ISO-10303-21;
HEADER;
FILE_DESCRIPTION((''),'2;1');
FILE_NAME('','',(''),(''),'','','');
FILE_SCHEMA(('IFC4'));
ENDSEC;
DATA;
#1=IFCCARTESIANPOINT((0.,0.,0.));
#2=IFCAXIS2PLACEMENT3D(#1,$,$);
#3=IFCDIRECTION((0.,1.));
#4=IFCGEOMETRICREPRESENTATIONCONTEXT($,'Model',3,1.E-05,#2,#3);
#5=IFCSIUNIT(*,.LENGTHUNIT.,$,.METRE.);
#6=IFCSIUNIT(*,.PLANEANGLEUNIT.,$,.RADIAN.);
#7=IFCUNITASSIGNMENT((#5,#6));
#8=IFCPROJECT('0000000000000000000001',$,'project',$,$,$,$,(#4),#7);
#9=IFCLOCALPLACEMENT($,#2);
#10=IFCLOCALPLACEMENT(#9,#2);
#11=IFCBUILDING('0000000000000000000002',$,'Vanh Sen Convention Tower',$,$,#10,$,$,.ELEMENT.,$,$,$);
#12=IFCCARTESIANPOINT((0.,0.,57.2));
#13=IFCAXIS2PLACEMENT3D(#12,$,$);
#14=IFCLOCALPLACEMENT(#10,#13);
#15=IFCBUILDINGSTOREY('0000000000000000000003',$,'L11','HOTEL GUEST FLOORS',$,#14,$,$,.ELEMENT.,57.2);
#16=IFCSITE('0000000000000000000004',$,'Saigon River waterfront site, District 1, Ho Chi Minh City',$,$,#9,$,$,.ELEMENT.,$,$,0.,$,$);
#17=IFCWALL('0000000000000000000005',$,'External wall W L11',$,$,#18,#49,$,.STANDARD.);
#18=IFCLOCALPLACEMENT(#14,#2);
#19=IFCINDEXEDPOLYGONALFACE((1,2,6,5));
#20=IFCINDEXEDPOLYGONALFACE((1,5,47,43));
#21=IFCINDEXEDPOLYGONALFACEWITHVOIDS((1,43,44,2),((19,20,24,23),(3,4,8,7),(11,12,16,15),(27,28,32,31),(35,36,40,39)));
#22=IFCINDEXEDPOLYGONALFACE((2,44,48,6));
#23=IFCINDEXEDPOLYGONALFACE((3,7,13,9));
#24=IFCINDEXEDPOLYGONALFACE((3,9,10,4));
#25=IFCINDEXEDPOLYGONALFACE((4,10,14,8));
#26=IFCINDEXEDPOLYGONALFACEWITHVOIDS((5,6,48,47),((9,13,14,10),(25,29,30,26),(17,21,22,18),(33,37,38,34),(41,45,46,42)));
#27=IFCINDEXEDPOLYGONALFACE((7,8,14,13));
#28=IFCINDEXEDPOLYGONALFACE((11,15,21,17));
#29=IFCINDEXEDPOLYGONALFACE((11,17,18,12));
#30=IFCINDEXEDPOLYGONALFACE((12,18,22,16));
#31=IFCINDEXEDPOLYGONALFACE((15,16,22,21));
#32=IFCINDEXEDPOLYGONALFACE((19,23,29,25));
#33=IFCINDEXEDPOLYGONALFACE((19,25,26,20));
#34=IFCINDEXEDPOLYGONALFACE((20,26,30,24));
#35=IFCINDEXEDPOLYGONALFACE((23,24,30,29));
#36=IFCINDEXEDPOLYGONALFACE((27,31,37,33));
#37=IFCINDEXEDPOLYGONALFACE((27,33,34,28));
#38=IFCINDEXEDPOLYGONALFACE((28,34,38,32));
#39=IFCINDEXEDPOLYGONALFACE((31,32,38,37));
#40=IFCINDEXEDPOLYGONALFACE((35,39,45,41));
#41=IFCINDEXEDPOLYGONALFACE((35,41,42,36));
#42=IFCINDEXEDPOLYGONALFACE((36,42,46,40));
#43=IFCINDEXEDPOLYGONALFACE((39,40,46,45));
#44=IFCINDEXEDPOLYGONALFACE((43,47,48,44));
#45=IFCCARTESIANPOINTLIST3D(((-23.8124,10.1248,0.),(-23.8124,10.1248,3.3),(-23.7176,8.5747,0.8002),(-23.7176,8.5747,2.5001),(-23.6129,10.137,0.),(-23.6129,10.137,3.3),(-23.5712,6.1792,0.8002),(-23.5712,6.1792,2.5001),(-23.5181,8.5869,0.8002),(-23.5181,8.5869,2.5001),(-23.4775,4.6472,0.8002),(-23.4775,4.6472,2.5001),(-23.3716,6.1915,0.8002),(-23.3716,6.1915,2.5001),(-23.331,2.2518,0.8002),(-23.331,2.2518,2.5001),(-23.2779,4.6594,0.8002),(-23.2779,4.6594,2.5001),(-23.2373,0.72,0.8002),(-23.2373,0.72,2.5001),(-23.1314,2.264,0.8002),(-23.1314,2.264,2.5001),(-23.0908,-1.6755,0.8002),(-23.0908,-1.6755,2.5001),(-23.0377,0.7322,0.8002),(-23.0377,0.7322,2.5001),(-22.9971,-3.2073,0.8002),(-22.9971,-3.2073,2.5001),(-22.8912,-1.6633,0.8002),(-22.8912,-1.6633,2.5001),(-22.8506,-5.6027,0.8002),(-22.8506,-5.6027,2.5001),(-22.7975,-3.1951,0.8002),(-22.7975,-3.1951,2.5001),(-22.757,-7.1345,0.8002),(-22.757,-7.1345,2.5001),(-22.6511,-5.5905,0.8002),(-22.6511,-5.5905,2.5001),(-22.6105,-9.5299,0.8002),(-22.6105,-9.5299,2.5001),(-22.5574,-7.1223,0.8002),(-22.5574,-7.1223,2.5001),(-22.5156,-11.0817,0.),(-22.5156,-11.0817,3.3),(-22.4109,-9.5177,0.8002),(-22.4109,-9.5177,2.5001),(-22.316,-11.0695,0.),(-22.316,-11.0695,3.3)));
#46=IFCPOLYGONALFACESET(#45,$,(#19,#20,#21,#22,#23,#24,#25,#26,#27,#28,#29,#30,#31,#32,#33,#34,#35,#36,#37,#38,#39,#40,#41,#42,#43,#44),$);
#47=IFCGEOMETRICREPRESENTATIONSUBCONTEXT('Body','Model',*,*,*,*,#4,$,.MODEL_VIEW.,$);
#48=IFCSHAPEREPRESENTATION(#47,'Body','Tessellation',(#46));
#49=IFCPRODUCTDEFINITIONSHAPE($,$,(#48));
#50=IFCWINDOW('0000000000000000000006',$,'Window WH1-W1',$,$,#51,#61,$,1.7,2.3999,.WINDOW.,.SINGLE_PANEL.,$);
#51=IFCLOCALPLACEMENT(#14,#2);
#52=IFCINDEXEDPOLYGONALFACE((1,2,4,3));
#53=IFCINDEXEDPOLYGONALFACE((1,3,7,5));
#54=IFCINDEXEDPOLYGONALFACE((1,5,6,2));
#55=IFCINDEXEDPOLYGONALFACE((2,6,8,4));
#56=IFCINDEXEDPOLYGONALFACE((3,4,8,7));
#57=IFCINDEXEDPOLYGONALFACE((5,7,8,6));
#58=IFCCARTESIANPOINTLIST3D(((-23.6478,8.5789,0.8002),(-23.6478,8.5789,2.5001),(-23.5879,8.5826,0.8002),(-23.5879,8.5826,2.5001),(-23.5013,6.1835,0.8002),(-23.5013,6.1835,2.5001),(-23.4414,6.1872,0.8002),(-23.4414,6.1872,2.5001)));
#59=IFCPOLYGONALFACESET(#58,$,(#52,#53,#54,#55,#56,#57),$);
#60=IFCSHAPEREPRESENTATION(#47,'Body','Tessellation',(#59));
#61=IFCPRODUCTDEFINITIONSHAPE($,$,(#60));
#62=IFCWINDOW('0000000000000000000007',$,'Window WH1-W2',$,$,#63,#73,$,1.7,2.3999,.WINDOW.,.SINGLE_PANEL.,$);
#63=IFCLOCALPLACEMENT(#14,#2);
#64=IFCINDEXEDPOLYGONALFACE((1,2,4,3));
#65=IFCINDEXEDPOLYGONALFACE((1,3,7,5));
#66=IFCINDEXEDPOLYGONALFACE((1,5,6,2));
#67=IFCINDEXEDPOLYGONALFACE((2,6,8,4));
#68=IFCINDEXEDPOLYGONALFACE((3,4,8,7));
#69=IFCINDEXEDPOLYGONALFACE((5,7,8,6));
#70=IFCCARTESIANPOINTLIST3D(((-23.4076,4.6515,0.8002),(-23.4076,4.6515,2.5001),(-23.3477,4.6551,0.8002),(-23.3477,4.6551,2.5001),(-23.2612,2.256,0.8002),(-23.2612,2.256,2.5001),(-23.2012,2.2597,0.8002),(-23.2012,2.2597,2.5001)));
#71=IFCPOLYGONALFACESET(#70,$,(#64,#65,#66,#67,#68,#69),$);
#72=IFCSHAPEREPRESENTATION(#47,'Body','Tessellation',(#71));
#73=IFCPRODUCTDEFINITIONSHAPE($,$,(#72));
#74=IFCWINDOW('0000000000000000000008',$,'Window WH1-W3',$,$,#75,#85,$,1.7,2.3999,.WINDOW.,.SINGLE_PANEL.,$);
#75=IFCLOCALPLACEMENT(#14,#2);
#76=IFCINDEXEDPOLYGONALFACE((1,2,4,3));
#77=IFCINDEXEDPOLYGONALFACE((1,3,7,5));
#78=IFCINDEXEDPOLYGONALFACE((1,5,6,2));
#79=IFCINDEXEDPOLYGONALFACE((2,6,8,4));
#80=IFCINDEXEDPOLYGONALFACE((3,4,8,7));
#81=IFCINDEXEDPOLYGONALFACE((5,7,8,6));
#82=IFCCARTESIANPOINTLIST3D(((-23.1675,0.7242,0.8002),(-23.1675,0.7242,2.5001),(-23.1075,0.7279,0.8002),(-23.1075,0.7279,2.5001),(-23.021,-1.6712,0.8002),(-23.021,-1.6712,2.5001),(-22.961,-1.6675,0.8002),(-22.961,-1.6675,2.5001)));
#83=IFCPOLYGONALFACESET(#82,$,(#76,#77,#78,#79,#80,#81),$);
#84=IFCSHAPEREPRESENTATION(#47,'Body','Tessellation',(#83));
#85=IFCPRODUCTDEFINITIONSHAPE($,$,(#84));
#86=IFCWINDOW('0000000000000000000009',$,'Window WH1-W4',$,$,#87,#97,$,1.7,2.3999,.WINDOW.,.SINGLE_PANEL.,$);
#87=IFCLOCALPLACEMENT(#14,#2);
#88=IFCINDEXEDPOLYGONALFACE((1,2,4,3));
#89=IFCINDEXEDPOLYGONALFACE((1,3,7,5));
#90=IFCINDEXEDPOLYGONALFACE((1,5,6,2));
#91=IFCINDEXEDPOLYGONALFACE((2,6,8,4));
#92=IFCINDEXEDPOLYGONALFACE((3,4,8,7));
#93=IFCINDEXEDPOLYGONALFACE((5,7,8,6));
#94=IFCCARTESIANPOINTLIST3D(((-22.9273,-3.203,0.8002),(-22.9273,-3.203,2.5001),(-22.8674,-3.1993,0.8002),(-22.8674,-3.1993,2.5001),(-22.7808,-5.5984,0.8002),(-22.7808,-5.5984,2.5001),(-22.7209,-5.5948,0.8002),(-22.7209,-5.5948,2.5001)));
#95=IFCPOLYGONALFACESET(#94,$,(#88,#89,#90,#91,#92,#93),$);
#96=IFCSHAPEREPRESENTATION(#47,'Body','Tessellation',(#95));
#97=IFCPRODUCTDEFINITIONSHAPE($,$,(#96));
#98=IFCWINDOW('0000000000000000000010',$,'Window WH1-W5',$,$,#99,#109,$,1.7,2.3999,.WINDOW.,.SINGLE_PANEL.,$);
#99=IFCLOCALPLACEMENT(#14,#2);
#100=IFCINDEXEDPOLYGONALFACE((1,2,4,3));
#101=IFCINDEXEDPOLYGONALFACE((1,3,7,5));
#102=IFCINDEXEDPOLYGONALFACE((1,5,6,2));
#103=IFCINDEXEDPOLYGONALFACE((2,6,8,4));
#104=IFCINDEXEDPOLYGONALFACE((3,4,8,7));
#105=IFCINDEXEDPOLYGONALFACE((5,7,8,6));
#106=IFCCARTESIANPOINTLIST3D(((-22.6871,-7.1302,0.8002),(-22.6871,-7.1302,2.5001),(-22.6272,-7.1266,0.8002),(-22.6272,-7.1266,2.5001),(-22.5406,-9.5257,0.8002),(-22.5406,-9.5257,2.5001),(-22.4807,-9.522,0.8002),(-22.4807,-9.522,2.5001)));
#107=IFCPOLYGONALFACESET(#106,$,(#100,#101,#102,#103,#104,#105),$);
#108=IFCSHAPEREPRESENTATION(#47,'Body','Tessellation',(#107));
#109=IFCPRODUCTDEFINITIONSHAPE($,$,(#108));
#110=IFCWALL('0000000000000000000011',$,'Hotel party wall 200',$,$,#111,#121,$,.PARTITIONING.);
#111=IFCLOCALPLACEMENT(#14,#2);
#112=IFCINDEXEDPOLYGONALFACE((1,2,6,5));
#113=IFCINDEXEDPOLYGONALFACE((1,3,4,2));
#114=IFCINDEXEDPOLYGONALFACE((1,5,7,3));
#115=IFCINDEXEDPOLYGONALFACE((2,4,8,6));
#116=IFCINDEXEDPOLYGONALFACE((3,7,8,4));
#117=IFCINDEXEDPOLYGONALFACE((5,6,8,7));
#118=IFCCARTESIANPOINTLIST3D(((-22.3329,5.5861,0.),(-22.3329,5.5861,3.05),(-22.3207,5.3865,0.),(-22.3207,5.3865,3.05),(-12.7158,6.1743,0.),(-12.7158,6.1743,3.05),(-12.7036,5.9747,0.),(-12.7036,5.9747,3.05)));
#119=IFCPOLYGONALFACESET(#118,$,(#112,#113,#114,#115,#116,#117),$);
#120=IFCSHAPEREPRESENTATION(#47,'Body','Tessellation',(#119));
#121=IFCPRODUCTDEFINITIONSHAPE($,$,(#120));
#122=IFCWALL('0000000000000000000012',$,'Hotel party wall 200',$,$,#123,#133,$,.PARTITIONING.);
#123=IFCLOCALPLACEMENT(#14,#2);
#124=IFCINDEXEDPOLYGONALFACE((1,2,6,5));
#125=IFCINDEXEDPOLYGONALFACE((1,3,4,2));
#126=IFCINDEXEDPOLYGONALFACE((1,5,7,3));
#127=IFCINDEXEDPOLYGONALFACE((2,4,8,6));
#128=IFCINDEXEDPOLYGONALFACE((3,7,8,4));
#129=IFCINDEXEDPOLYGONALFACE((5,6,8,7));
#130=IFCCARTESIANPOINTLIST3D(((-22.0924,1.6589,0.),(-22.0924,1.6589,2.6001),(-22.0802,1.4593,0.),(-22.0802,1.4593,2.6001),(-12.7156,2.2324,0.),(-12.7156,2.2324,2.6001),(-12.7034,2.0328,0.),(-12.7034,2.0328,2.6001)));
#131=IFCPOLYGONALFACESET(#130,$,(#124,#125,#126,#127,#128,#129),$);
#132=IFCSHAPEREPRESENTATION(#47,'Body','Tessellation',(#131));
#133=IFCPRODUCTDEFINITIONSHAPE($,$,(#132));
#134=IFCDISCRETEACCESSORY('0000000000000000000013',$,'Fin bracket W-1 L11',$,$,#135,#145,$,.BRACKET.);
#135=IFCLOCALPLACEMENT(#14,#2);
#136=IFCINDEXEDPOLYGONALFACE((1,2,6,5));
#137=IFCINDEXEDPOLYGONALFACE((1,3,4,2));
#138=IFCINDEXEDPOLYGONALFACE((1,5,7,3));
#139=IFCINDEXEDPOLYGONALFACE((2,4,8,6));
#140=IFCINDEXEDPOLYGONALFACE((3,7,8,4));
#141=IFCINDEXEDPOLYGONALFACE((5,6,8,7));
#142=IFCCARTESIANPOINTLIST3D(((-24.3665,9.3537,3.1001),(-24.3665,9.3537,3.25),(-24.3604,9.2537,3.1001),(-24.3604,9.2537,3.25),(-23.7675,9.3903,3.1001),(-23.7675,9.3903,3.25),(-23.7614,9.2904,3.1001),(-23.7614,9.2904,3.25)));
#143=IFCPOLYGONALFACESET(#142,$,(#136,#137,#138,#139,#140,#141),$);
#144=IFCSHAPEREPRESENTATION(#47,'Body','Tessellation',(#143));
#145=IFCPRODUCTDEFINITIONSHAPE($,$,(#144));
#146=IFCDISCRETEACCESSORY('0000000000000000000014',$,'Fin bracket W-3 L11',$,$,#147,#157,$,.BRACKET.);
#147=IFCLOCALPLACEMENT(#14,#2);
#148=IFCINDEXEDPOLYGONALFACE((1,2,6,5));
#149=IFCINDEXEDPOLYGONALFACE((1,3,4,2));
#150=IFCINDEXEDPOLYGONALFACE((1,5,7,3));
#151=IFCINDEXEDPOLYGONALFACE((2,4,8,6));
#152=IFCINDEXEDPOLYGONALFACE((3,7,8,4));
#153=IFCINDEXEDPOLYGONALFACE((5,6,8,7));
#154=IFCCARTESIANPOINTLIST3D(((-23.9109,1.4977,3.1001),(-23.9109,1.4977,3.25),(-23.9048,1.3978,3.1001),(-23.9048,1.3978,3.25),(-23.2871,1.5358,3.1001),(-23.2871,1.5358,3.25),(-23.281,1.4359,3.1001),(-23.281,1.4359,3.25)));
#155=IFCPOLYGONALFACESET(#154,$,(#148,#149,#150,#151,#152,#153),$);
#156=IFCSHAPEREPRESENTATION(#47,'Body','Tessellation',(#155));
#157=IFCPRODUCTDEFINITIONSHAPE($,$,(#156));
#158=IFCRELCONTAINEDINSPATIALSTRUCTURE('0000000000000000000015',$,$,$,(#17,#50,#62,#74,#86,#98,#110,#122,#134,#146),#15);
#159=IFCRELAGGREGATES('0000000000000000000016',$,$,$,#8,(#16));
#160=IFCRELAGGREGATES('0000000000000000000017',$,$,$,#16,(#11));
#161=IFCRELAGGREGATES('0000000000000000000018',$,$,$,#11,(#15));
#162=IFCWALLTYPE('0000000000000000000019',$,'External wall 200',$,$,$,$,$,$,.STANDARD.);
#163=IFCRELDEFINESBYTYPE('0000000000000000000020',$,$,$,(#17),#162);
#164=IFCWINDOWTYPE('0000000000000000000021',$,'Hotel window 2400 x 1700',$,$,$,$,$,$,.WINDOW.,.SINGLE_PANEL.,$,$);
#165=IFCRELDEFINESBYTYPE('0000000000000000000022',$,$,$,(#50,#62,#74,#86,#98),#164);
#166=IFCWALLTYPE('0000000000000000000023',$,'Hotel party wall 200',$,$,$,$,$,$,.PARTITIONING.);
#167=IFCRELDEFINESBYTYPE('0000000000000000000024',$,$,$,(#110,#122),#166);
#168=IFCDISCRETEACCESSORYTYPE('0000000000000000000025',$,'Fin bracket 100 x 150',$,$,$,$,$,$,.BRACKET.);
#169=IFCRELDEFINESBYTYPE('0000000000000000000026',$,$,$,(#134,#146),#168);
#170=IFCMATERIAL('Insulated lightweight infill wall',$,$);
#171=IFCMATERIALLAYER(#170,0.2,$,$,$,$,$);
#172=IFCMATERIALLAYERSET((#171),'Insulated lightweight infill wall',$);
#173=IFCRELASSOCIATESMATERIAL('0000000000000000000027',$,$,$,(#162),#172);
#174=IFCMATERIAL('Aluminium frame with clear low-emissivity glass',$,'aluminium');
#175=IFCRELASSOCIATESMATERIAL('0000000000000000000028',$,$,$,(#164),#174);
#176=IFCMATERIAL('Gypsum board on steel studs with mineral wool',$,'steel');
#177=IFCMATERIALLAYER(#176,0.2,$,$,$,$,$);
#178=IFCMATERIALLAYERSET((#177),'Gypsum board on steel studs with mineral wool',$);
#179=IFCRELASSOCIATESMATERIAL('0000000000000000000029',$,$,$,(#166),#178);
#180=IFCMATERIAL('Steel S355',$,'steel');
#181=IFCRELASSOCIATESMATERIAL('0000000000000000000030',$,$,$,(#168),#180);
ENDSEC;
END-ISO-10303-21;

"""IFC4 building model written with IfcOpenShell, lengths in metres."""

from ifc_helpers import new_model, si_unit, direction, frame, frame_2d, origin, origin_2d, place, context, subcontext, project, spatial, rectangle, extrude, material, layer, layer_set, type_object, element, fill, save


model = new_model("IFC4")

# Units and contexts
model_context = context("Model", 3, precision=1e-05, world=origin(), true_north=direction((0.0, 1.0)))
body_context = subcontext(model_context, "Body", "Model", "MODEL_VIEW")
ifc_project = project(units=[si_unit("LENGTHUNIT", "METRE"), si_unit("PLANEANGLEUNIT", "RADIAN")], contexts=[model_context])

# Site, building, storey
site_placement = place(None, origin())
site = spatial("IfcSite", under=ifc_project, at=site_placement, Name="Saigon River waterfront site, District 1, Ho Chi Minh City", CompositionType="ELEMENT", RefElevation=0.0)
building_placement = place(site_placement, origin())
building = spatial("IfcBuilding", under=site, at=building_placement, Name="Vanh Sen Convention Tower", CompositionType="ELEMENT")
storey_placement = place(building_placement, frame((0.0, 0.0, 57.2)))
storey = spatial("IfcBuildingStorey", under=building, at=storey_placement, Name="L11", Description="HOTEL GUEST FLOORS", CompositionType="ELEMENT", Elevation=57.2)

# Wall, openings, windows
ifc_material_1 = material(Name="Insulated lightweight infill wall")
ifc_layer_1 = layer(ifc_material_1, 0.2)
ifc_layer_set_1 = layer_set([ifc_layer_1], Name="Insulated lightweight infill wall")
wall_type_1 = type_object("IfcWallType", Name="External wall 200", PredefinedType="STANDARD", material=ifc_layer_set_1)
wall_1_placement = place(storey_placement, frame((-23.7126, 10.1309, 0.0), z_axis=(0.0, 0.0, 1.0), x_axis=(0.06104, -0.998135, 0.0)))
wall_1 = element("IfcWall", 1, at=wall_1_placement, inside=storey, type_object=wall_type_1, Name="External wall W L11", PredefinedType="STANDARD", context=body_context, shape_type="SweptSolid", body=[
    extrude(rectangle(XDim=21.2461, YDim=0.2, at=frame_2d((10.623, 0.0))), origin(), (0.0, 0.0, 1.0), 3.3),
])
opening_1_placement = place(wall_1_placement, frame((1.553, 0.0, 0.8)))
opening_1 = element("IfcOpeningElement", 2, at=opening_1_placement, cuts=wall_1, PredefinedType="OPENING", context=body_context, shape_type="SweptSolid", body=[
    extrude(rectangle(XDim=2.3999, YDim=1.7, at=frame_2d((1.2, 0.8501))), frame((0.0, 0.1099, 0.0), z_axis=(0.0, -1.0, 0.0), x_axis=(1.0, 0.0, 0.0)), (0.0, 0.0, 1.0), 0.22),
])
opening_2_placement = place(wall_1_placement, frame((5.4878, 0.0, 0.8)))
opening_2 = element("IfcOpeningElement", 3, at=opening_2_placement, cuts=wall_1, PredefinedType="OPENING", context=body_context, shape_type="SweptSolid", body=[
    extrude(rectangle(XDim=2.3999, YDim=1.7, at=frame_2d((1.2, 0.8501))), frame((0.0, 0.1099, 0.0), z_axis=(0.0, -1.0, 0.0), x_axis=(1.0, 0.0, 0.0)), (0.0, 0.0, 1.0), 0.22),
])
opening_3_placement = place(wall_1_placement, frame((9.4224, 0.0, 0.8)))
opening_3 = element("IfcOpeningElement", 4, at=opening_3_placement, cuts=wall_1, PredefinedType="OPENING", context=body_context, shape_type="SweptSolid", body=[
    extrude(rectangle(XDim=2.3999, YDim=1.7, at=frame_2d((1.2, 0.8501))), frame((0.0, 0.1099, 0.0), z_axis=(0.0, -1.0, 0.0), x_axis=(1.0, 0.0, 0.0)), (0.0, 0.0, 1.0), 0.22),
])
opening_4_placement = place(wall_1_placement, frame((13.3569, 0.0, 0.8)))
opening_4 = element("IfcOpeningElement", 5, at=opening_4_placement, cuts=wall_1, PredefinedType="OPENING", context=body_context, shape_type="SweptSolid", body=[
    extrude(rectangle(XDim=2.3999, YDim=1.7, at=frame_2d((1.2, 0.8501))), frame((0.0, 0.1099, 0.0), z_axis=(0.0, -1.0, 0.0), x_axis=(1.0, 0.0, 0.0)), (0.0, 0.0, 1.0), 0.22),
])
opening_5_placement = place(wall_1_placement, frame((17.2915, 0.0, 0.8)))
opening_5 = element("IfcOpeningElement", 6, at=opening_5_placement, cuts=wall_1, PredefinedType="OPENING", context=body_context, shape_type="SweptSolid", body=[
    extrude(rectangle(XDim=2.3999, YDim=1.7, at=frame_2d((1.2, 0.8501))), frame((0.0, 0.1099, 0.0), z_axis=(0.0, -1.0, 0.0), x_axis=(1.0, 0.0, 0.0)), (0.0, 0.0, 1.0), 0.22),
])
ifc_material_2 = material(Name="Aluminium frame with clear low-emissivity glass", Category="aluminium")
window_type = type_object("IfcWindowType", Name="Hotel window 2400 x 1700", PartitioningType="SINGLE_PANEL", PredefinedType="WINDOW", material=ifc_material_2)
window_1_placement = place(opening_1_placement, origin())
window_1 = element("IfcWindow", 7, at=window_1_placement, inside=storey, type_object=window_type, Name="Window WH1-W1", OverallHeight=1.7, OverallWidth=2.3999, PartitioningType="SINGLE_PANEL", PredefinedType="WINDOW", context=body_context, shape_type="SweptSolid", body=[
    extrude(rectangle(XDim=2.3999, YDim=1.7, at=frame_2d((1.2, 0.8501))), frame((0.0, 0.03, 0.0), z_axis=(0.0, -1.0, 0.0), x_axis=(1.0, 0.0, 0.0)), (0.0, 0.0, 1.0), 0.0601),
])
fill(opening_1, window_1)
window_2_placement = place(opening_2_placement, origin())
window_2 = element("IfcWindow", 8, at=window_2_placement, inside=storey, type_object=window_type, Name="Window WH1-W2", OverallHeight=1.7, OverallWidth=2.3999, PartitioningType="SINGLE_PANEL", PredefinedType="WINDOW", context=body_context, shape_type="SweptSolid", body=[
    extrude(rectangle(XDim=2.3999, YDim=1.7, at=frame_2d((1.2, 0.8501))), frame((0.0, 0.03, 0.0), z_axis=(0.0, -1.0, 0.0), x_axis=(1.0, 0.0, 0.0)), (0.0, 0.0, 1.0), 0.0601),
])
fill(opening_2, window_2)
window_3_placement = place(opening_3_placement, origin())
window_3 = element("IfcWindow", 9, at=window_3_placement, inside=storey, type_object=window_type, Name="Window WH1-W3", OverallHeight=1.7, OverallWidth=2.3999, PartitioningType="SINGLE_PANEL", PredefinedType="WINDOW", context=body_context, shape_type="SweptSolid", body=[
    extrude(rectangle(XDim=2.3999, YDim=1.7, at=frame_2d((1.2, 0.8501))), frame((0.0, 0.03, 0.0), z_axis=(0.0, -1.0, 0.0), x_axis=(1.0, 0.0, 0.0)), (0.0, 0.0, 1.0), 0.0601),
])
fill(opening_3, window_3)
window_4_placement = place(opening_4_placement, origin())
window_4 = element("IfcWindow", 10, at=window_4_placement, inside=storey, type_object=window_type, Name="Window WH1-W4", OverallHeight=1.7, OverallWidth=2.3999, PartitioningType="SINGLE_PANEL", PredefinedType="WINDOW", context=body_context, shape_type="SweptSolid", body=[
    extrude(rectangle(XDim=2.3999, YDim=1.7, at=frame_2d((1.2, 0.8501))), frame((0.0, 0.03, 0.0), z_axis=(0.0, -1.0, 0.0), x_axis=(1.0, 0.0, 0.0)), (0.0, 0.0, 1.0), 0.0601),
])
fill(opening_4, window_4)
window_5_placement = place(opening_5_placement, origin())
window_5 = element("IfcWindow", 11, at=window_5_placement, inside=storey, type_object=window_type, Name="Window WH1-W5", OverallHeight=1.7, OverallWidth=2.3999, PartitioningType="SINGLE_PANEL", PredefinedType="WINDOW", context=body_context, shape_type="SweptSolid", body=[
    extrude(rectangle(XDim=2.3999, YDim=1.7, at=frame_2d((1.2, 0.8501))), frame((0.0, 0.03, 0.0), z_axis=(0.0, -1.0, 0.0), x_axis=(1.0, 0.0, 0.0)), (0.0, 0.0, 1.0), 0.0601),
])
fill(opening_5, window_5)

# Walls
ifc_material_3 = material(Name="Gypsum board on steel studs with mineral wool", Category="steel")
ifc_layer_2 = layer(ifc_material_3, 0.2)
ifc_layer_set_2 = layer_set([ifc_layer_2], Name="Gypsum board on steel studs with mineral wool")
wall_type_2 = type_object("IfcWallType", Name="Hotel party wall 200", PredefinedType="PARTITIONING", material=ifc_layer_set_2)
wall_2_placement = place(storey_placement, frame((-22.3267, 5.4863, 0.0), z_axis=(0.0, 0.0, 1.0), x_axis=(0.998135, 0.061042, 0.0)))
element("IfcWall", 12, at=wall_2_placement, inside=storey, type_object=wall_type_2, Name="Hotel party wall 200", PredefinedType="PARTITIONING", context=body_context, shape_type="SweptSolid", body=[
    extrude(rectangle(XDim=9.635, YDim=0.2, at=frame_2d((4.8174, 0.0))), origin(), (0.0, 0.0, 1.0), 3.05),
])
wall_3_placement = place(storey_placement, frame((-22.0864, 1.5591, 0.0), z_axis=(0.0, 0.0, 1.0), x_axis=(0.998135, 0.061047, 0.0)))
element("IfcWall", 13, at=wall_3_placement, inside=storey, type_object=wall_type_2, Name="Hotel party wall 200", PredefinedType="PARTITIONING", context=body_context, shape_type="SweptSolid", body=[
    extrude(rectangle(XDim=9.3943, YDim=0.2, at=frame_2d((4.6973, 0.0))), origin(), (0.0, 0.0, 1.0), 2.6001),
])

# Discrete accessories
ifc_material_4 = material(Name="Steel S355", Category="steel")
discrete_accessory_type = type_object("IfcDiscreteAccessoryType", Name="Fin bracket 100 x 150", PredefinedType="BRACKET", material=ifc_material_4)
discrete_accessory_1_placement = place(storey_placement, frame((-24.064, 9.322, 3.1001), z_axis=(0.0, 0.0, 1.0), x_axis=(-0.998135, -0.061049, 0.0)))
element("IfcDiscreteAccessory", 14, at=discrete_accessory_1_placement, inside=storey, type_object=discrete_accessory_type, Name="Fin bracket W-1 L11", PredefinedType="BRACKET", context=body_context, shape_type="SweptSolid", body=[
    extrude(rectangle(XDim=0.6001, YDim=0.1001, at=origin_2d()), origin(), (0.0, 0.0, 1.0), 0.1499),
])
discrete_accessory_2_placement = place(storey_placement, frame((-23.5959, 1.4668, 3.1001), z_axis=(0.0, 0.0, 1.0), x_axis=(-0.998135, -0.061049, 0.0)))
element("IfcDiscreteAccessory", 15, at=discrete_accessory_2_placement, inside=storey, type_object=discrete_accessory_type, Name="Fin bracket W-3 L11", PredefinedType="BRACKET", context=body_context, shape_type="SweptSolid", body=[
    extrude(rectangle(XDim=0.625, YDim=0.1001, at=origin_2d()), origin(), (0.0, 0.0, 1.0), 0.1499),
])

save(model, "model.ifc")
